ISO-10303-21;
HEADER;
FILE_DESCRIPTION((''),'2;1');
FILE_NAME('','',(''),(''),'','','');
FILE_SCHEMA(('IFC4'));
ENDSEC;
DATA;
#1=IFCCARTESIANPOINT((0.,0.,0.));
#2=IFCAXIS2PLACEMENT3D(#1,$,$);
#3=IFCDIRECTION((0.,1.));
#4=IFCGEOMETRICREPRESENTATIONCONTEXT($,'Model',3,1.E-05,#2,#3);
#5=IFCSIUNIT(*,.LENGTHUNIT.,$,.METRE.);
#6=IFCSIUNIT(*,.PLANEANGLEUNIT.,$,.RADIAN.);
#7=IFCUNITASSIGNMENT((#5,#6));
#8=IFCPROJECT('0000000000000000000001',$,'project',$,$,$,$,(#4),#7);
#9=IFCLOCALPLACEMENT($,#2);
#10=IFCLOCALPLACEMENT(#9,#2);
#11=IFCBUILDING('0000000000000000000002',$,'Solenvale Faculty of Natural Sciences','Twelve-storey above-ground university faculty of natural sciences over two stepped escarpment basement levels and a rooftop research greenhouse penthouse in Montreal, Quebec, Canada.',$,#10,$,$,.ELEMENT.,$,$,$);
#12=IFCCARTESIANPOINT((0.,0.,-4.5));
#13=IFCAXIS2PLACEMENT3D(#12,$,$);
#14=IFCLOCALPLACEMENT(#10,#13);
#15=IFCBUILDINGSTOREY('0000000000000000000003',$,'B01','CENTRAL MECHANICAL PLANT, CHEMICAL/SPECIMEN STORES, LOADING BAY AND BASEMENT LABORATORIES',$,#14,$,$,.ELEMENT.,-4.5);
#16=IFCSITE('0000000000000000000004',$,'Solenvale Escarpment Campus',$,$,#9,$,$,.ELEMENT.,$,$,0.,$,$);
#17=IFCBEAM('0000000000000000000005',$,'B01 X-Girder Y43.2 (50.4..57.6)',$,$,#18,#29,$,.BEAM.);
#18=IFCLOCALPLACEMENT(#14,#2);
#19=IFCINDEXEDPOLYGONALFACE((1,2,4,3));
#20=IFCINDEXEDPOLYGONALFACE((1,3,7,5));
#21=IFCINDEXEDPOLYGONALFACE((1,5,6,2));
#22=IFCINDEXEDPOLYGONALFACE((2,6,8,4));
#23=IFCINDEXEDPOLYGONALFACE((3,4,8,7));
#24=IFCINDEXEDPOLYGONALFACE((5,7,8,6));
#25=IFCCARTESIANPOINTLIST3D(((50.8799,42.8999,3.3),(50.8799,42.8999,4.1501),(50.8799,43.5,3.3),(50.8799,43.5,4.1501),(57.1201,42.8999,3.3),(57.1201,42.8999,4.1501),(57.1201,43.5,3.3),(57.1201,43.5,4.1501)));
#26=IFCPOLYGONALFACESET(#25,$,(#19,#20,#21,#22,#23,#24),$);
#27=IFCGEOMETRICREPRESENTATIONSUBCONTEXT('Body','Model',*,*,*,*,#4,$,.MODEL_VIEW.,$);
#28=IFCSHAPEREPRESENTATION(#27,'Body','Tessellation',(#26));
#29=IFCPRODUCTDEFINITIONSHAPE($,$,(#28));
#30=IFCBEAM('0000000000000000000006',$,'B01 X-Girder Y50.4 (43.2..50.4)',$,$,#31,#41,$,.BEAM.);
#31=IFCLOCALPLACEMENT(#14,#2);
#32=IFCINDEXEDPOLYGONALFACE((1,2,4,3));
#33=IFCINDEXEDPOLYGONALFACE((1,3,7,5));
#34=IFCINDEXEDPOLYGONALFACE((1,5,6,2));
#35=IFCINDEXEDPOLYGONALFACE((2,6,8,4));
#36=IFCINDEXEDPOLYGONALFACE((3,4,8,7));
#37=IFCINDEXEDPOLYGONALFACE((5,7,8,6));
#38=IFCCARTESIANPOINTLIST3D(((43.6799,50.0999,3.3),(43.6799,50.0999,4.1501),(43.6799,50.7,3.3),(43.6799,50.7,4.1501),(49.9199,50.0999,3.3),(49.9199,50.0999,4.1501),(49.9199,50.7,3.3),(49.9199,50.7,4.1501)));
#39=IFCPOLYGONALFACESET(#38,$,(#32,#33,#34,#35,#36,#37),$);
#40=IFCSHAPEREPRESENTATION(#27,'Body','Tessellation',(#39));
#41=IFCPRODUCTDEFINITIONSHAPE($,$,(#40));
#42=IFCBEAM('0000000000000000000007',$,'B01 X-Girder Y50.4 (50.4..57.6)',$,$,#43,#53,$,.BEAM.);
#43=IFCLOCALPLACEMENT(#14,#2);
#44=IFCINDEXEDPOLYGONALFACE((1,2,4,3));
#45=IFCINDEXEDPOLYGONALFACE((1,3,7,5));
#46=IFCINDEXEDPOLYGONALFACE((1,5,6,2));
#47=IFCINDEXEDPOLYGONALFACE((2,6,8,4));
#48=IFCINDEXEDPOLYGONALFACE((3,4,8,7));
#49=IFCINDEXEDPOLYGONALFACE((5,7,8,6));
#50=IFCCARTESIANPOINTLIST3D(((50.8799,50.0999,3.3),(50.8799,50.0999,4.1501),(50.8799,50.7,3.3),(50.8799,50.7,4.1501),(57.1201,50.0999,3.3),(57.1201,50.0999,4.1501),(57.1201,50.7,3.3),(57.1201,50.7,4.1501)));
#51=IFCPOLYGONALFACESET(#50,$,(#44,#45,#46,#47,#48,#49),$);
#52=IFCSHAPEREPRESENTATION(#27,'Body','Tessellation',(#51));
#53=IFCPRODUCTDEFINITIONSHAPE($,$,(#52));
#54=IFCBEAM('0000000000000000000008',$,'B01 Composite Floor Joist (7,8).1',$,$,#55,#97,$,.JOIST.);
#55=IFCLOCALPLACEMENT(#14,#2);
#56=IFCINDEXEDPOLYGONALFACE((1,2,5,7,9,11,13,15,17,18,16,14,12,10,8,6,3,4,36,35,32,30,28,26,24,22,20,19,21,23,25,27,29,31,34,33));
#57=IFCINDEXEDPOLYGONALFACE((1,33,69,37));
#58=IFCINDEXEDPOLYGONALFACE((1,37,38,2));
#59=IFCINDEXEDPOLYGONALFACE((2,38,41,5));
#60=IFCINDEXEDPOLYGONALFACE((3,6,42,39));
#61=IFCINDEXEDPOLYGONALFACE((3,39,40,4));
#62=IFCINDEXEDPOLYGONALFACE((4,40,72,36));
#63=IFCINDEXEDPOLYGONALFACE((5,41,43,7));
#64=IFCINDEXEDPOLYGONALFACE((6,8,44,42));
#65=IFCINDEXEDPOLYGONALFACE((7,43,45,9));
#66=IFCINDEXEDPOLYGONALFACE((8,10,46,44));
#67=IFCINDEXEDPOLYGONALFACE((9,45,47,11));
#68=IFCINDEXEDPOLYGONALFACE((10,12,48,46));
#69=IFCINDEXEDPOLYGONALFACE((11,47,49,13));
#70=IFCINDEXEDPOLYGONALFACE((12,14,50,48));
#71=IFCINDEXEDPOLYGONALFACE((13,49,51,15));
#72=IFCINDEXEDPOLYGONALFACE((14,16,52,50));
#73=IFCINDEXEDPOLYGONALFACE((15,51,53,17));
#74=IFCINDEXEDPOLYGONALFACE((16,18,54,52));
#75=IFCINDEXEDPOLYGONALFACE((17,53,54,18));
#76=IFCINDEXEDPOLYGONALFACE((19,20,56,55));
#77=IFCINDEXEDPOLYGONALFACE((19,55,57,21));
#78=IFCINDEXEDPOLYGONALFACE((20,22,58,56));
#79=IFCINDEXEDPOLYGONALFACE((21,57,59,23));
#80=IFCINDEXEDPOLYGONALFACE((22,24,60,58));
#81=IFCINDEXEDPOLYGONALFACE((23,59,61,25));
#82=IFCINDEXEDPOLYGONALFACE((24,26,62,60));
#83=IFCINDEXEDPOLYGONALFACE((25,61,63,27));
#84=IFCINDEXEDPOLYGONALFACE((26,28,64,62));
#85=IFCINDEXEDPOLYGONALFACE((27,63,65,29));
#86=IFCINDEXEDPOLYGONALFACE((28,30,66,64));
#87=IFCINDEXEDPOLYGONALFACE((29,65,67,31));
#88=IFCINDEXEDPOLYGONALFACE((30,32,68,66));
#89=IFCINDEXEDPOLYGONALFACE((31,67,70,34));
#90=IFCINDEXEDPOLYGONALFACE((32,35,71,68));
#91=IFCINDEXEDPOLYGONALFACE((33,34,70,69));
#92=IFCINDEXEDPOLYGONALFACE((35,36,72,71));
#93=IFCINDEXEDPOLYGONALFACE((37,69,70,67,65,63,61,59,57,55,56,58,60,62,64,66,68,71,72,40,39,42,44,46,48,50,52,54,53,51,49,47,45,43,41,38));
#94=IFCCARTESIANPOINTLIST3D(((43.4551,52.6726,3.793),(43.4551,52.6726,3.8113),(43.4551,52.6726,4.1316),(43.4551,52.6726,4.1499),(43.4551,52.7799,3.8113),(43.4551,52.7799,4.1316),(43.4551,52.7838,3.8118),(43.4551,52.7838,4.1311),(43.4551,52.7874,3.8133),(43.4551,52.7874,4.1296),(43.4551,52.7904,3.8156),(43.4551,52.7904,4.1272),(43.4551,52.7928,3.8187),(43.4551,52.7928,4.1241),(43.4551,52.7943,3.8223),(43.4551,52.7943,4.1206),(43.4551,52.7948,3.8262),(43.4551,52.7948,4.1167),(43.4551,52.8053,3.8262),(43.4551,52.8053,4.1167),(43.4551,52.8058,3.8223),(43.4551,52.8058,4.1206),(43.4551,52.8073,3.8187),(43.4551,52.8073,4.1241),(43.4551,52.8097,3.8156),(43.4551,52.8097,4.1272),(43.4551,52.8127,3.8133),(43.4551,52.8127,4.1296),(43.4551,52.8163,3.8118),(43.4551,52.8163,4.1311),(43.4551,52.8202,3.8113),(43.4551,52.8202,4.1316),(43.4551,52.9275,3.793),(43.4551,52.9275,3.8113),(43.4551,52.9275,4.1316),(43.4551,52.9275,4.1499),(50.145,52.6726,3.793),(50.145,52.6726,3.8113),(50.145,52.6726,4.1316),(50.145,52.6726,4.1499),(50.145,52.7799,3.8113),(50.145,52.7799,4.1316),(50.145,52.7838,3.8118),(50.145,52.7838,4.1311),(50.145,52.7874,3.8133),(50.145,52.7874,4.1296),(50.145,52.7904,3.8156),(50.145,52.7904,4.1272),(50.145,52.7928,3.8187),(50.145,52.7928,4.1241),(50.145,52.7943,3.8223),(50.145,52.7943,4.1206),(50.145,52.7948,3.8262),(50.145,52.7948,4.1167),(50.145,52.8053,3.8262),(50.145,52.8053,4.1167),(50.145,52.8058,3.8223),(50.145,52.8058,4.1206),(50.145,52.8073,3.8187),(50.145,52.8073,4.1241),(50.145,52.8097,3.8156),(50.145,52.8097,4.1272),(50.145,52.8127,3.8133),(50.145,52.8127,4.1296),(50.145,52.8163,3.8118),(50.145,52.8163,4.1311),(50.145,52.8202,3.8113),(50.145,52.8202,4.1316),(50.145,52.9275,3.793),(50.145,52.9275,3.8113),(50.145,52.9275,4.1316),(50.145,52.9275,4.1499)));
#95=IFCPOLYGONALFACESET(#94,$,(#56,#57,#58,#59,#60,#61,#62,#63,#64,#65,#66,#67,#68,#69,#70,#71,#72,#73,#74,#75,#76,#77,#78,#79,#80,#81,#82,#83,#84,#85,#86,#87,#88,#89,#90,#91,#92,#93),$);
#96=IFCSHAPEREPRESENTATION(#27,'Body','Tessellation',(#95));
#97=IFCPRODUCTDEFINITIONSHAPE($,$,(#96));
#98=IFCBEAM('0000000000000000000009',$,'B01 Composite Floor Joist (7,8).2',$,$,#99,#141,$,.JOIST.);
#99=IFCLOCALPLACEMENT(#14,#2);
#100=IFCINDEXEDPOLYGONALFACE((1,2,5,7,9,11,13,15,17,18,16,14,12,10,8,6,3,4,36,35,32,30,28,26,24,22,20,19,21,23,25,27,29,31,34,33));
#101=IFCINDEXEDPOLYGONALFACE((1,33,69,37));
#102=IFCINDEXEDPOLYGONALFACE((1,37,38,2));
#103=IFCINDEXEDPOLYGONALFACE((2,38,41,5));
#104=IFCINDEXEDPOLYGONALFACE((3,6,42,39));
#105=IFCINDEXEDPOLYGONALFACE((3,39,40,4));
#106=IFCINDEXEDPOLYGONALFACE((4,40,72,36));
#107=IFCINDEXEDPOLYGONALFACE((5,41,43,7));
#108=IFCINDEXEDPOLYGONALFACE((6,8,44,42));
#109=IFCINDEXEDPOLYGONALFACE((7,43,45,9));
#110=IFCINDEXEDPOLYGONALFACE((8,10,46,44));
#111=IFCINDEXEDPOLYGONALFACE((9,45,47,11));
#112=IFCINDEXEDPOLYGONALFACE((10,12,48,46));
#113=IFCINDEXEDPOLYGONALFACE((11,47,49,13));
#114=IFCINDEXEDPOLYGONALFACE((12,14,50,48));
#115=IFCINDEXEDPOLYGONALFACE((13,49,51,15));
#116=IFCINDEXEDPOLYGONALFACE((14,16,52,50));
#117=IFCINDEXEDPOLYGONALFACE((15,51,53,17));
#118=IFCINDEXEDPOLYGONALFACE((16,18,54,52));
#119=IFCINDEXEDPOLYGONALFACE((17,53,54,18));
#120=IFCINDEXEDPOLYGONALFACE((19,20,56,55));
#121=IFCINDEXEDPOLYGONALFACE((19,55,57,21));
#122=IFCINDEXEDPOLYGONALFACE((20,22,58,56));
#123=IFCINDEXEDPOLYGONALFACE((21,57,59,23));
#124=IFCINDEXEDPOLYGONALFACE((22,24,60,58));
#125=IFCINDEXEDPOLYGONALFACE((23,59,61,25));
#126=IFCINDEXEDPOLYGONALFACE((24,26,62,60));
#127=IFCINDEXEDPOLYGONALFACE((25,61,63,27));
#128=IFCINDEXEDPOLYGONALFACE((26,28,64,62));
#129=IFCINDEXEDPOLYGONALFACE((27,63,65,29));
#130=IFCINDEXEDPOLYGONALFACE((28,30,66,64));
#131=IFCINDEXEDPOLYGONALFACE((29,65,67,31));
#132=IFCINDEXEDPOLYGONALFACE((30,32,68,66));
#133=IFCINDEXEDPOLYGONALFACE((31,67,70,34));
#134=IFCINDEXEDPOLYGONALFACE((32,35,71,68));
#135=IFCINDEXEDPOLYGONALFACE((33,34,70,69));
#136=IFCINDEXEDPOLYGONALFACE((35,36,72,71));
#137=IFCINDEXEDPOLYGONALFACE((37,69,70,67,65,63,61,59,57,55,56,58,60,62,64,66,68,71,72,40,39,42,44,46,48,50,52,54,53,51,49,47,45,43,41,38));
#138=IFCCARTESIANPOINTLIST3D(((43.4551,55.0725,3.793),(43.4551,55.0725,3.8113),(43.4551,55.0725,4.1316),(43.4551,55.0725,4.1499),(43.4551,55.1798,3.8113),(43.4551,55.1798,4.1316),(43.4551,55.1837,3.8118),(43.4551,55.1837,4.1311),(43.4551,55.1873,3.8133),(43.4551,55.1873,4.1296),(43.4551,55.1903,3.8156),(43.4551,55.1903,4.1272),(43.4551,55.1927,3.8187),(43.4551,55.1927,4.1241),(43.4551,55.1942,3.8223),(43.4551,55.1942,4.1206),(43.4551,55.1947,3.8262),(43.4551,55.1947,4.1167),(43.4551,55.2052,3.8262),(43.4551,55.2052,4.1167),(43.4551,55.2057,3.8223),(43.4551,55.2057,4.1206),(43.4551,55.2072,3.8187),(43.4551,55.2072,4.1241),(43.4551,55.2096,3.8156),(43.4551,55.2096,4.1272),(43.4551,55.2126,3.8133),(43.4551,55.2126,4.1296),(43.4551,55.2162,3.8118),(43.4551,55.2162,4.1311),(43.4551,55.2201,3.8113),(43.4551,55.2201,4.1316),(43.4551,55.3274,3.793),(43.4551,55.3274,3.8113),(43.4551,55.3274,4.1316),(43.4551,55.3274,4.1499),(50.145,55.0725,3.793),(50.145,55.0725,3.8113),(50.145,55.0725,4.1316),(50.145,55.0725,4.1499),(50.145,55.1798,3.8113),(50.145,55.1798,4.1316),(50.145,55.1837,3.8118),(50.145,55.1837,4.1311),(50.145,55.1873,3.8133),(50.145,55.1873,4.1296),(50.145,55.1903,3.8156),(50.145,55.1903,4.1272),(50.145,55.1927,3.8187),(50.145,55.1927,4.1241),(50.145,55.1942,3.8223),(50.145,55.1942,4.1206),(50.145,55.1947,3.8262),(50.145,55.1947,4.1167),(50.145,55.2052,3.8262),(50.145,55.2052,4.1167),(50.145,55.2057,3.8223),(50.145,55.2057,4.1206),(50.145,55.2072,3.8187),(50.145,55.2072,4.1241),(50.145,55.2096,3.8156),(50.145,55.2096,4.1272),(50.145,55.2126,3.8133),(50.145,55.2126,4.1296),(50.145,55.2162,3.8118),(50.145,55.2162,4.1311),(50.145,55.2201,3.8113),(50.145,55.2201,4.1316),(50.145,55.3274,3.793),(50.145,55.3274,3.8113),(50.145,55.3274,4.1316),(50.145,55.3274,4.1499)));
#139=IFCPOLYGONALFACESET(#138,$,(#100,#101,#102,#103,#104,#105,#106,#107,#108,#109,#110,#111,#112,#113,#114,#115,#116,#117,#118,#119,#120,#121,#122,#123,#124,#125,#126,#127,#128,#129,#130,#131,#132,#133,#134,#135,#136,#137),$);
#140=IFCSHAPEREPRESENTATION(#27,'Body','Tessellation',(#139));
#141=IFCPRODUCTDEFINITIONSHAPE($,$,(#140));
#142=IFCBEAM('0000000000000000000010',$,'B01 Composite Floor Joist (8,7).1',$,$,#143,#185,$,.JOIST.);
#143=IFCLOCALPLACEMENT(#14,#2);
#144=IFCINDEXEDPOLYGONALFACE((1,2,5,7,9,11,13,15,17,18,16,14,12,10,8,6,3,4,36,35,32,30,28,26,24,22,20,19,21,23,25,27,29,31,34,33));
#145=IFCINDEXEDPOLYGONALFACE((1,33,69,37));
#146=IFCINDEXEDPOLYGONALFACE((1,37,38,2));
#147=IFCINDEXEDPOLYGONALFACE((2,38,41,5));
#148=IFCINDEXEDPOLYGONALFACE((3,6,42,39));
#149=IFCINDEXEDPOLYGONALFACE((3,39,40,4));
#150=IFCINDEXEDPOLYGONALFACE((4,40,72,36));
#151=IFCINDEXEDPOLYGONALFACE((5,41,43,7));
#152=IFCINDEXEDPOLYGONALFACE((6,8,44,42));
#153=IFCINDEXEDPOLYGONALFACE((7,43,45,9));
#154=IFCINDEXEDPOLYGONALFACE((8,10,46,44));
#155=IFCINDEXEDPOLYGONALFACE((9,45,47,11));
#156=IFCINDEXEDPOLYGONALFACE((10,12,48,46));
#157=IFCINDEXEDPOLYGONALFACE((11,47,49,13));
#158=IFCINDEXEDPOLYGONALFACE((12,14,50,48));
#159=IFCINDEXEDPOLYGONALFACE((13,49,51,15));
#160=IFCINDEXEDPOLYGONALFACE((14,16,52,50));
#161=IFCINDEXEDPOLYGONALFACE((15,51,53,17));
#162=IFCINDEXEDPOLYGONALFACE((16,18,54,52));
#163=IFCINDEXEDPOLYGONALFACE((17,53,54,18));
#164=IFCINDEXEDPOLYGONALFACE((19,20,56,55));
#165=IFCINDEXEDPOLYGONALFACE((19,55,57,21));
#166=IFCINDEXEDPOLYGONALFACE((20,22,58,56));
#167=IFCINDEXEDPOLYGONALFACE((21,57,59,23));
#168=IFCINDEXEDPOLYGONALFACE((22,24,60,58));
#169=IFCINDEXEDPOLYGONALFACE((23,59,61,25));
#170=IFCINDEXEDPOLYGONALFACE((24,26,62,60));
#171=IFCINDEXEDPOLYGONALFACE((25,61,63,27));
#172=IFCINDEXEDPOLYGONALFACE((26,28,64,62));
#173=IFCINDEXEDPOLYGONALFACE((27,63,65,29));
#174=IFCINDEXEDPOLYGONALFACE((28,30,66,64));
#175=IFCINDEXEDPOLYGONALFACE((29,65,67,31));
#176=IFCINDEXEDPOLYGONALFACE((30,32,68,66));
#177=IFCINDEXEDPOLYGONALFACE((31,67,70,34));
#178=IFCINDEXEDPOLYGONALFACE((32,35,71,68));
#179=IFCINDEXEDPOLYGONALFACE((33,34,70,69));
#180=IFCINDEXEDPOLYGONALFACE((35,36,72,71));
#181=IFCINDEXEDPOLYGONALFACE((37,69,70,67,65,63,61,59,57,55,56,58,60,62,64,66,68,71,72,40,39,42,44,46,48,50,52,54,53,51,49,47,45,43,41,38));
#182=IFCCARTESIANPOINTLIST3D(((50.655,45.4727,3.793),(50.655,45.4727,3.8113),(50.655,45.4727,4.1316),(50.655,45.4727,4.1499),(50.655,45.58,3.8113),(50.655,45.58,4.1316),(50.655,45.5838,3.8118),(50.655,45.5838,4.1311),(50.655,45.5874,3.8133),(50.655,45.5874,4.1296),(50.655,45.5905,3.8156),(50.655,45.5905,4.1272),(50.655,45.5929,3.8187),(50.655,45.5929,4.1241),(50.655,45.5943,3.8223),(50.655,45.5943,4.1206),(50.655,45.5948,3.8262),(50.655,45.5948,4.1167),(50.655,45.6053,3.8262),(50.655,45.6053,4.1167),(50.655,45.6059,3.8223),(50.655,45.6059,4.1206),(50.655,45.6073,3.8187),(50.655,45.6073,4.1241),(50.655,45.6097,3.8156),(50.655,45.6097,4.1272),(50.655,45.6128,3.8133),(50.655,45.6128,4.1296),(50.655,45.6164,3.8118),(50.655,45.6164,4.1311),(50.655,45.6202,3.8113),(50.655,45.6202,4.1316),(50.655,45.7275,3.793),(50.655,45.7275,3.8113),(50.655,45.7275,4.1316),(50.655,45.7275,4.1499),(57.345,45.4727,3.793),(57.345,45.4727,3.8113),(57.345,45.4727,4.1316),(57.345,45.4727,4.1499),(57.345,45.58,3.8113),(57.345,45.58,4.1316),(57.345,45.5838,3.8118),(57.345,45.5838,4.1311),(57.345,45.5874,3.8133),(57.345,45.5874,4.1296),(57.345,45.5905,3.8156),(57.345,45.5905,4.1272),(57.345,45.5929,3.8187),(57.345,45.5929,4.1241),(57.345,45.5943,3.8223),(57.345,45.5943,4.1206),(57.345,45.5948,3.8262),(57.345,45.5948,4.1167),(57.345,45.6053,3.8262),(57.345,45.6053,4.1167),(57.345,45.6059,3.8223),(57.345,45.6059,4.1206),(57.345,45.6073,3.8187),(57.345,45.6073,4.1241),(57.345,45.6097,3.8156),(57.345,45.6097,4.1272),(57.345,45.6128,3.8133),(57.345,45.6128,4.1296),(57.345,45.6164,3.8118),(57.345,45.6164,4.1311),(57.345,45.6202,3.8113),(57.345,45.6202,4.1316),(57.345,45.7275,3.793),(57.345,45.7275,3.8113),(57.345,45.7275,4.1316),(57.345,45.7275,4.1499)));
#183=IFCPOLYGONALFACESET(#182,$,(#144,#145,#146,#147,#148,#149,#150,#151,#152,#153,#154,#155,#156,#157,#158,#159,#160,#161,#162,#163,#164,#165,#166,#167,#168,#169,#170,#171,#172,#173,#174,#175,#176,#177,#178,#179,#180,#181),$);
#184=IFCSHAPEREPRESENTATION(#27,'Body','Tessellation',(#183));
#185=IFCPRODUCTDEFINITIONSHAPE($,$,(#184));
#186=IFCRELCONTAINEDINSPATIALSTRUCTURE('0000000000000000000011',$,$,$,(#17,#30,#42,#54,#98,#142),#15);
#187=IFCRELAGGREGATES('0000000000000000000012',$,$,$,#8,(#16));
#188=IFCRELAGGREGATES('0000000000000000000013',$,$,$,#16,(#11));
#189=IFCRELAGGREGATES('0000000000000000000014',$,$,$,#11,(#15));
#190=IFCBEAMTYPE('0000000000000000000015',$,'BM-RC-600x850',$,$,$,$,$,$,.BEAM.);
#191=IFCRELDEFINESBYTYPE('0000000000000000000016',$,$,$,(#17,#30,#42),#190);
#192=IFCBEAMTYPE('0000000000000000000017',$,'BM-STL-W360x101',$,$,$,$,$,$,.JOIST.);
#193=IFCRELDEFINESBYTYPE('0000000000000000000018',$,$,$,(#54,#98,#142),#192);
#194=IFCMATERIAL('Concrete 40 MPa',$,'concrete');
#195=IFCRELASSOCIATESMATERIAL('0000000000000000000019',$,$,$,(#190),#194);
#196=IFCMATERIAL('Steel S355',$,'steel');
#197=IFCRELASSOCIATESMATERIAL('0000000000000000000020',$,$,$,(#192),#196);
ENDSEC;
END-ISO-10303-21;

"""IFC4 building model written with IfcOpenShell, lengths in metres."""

from ifc_helpers import new_model, si_unit, direction, frame, origin, origin_2d, place, context, subcontext, project, spatial, rectangle, i_section, extrude, material, material_profile, profile_set, type_object, element, save


model = new_model("IFC4")

# Units and contexts
model_context = context("Model", 3, precision=1e-05, world=origin(), true_north=direction((0.0, 1.0)))
body_context = subcontext(model_context, "Body", "Model", "MODEL_VIEW")
ifc_project = project(units=[si_unit("LENGTHUNIT", "METRE"), si_unit("PLANEANGLEUNIT", "RADIAN")], contexts=[model_context])

# Site, building, storey
site_placement = place(None, origin())
site = spatial("IfcSite", under=ifc_project, at=site_placement, Name="Solenvale Escarpment Campus", CompositionType="ELEMENT", RefElevation=0.0)
building_placement = place(site_placement, origin())
building = spatial("IfcBuilding", under=site, at=building_placement, Name="Solenvale Faculty of Natural Sciences", Description="Twelve-storey above-ground university faculty of natural sciences over two stepped escarpment basement levels and a rooftop research greenhouse penthouse in Montreal, Quebec, Canada.", CompositionType="ELEMENT")
storey_placement = place(building_placement, frame((0.0, 0.0, -4.5)))
storey = spatial("IfcBuildingStorey", under=building, at=storey_placement, Name="B01", Description="CENTRAL MECHANICAL PLANT, CHEMICAL/SPECIMEN STORES, LOADING BAY AND BASEMENT LABORATORIES", CompositionType="ELEMENT", Elevation=-4.5)

# Shared definitions
ifc_material_1 = material(Name="Concrete 40 MPa", Category="concrete")

# Beams
ifc_material_profile_1 = material_profile(ifc_material_1, rectangle(XDim=0.6001, YDim=0.8501, at=origin_2d()), Name="RC-BM-600x850")
ifc_profile_set_1 = profile_set([ifc_material_profile_1], Name="Concrete 40 MPa")
beam_type_1 = type_object("IfcBeamType", Name="BM-RC-600x850", PredefinedType="BEAM", material=ifc_profile_set_1)
beam_1_placement = place(storey_placement, frame((50.8799, 43.2, 3.7251), z_axis=(1.0, 0.0, 0.0), x_axis=(0.0, 1.0, 0.0)))
element("IfcBeam", 1, at=beam_1_placement, inside=storey, type_object=beam_type_1, Name="B01 X-Girder Y43.2 (50.4..57.6)", PredefinedType="BEAM", context=body_context, shape_type="SweptSolid", body=[
    extrude(rectangle(XDim=0.6001, YDim=0.8501, at=origin_2d()), origin(), (0.0, 0.0, 1.0), 6.2402),
])
beam_2_placement = place(storey_placement, frame((43.6799, 50.3999, 3.7251), z_axis=(1.0, 0.0, 0.0), x_axis=(0.0, 1.0, 0.0)))
element("IfcBeam", 2, at=beam_2_placement, inside=storey, type_object=beam_type_1, Name="B01 X-Girder Y50.4 (43.2..50.4)", PredefinedType="BEAM", context=body_context, shape_type="SweptSolid", body=[
    extrude(rectangle(XDim=0.6001, YDim=0.8501, at=origin_2d()), origin(), (0.0, 0.0, 1.0), 6.24),
])
beam_3_placement = place(storey_placement, frame((50.8799, 50.3999, 3.7251), z_axis=(1.0, 0.0, 0.0), x_axis=(0.0, 1.0, 0.0)))
element("IfcBeam", 3, at=beam_3_placement, inside=storey, type_object=beam_type_1, Name="B01 X-Girder Y50.4 (50.4..57.6)", PredefinedType="BEAM", context=body_context, shape_type="SweptSolid", body=[
    extrude(rectangle(XDim=0.6001, YDim=0.8501, at=origin_2d()), origin(), (0.0, 0.0, 1.0), 6.2402),
])
ifc_material_2 = material(Name="Steel S355", Category="steel")
ifc_material_profile_2 = material_profile(ifc_material_2, i_section(OverallWidth=0.2549, OverallDepth=0.3569, WebThickness=0.0105, FlangeThickness=0.0183, FilletRadius=0.0149, at=origin_2d()), Name="W360x101")
ifc_profile_set_2 = profile_set([ifc_material_profile_2], Name="Steel S355")
beam_type_2 = type_object("IfcBeamType", Name="BM-STL-W360x101", PredefinedType="JOIST", material=ifc_profile_set_2)
for number, where, z_axis, x_axis, name in (
    (4, (43.4551, 52.8, 3.9714), (1.0, 0.0, 0.0), (0.0, 1.0, 0.0), "B01 Composite Floor Joist (7,8).1"),
    (5, (43.4551, 55.2, 3.9714), (1.0, 0.0, 0.0), (0.0, 1.0, 0.0), "B01 Composite Floor Joist (7,8).2"),
    (6, (50.655, 45.6001, 3.9714), (1.0, 0.0, 0.0), (0.0, 1.0, 0.0), "B01 Composite Floor Joist (8,7).1"),
):
    element("IfcBeam", number, at=place(storey_placement, frame(where, z_axis=z_axis, x_axis=x_axis)), inside=storey, type_object=beam_type_2, Name=name, PredefinedType="JOIST", context=body_context, shape_type="SweptSolid", body=[
        extrude(i_section(OverallWidth=0.2549, OverallDepth=0.3569, WebThickness=0.0105, FlangeThickness=0.0183, FilletRadius=0.0149, at=origin_2d()), origin(), (0.0, 0.0, 1.0), 6.6899),
    ])

save(model, "model.ifc")
